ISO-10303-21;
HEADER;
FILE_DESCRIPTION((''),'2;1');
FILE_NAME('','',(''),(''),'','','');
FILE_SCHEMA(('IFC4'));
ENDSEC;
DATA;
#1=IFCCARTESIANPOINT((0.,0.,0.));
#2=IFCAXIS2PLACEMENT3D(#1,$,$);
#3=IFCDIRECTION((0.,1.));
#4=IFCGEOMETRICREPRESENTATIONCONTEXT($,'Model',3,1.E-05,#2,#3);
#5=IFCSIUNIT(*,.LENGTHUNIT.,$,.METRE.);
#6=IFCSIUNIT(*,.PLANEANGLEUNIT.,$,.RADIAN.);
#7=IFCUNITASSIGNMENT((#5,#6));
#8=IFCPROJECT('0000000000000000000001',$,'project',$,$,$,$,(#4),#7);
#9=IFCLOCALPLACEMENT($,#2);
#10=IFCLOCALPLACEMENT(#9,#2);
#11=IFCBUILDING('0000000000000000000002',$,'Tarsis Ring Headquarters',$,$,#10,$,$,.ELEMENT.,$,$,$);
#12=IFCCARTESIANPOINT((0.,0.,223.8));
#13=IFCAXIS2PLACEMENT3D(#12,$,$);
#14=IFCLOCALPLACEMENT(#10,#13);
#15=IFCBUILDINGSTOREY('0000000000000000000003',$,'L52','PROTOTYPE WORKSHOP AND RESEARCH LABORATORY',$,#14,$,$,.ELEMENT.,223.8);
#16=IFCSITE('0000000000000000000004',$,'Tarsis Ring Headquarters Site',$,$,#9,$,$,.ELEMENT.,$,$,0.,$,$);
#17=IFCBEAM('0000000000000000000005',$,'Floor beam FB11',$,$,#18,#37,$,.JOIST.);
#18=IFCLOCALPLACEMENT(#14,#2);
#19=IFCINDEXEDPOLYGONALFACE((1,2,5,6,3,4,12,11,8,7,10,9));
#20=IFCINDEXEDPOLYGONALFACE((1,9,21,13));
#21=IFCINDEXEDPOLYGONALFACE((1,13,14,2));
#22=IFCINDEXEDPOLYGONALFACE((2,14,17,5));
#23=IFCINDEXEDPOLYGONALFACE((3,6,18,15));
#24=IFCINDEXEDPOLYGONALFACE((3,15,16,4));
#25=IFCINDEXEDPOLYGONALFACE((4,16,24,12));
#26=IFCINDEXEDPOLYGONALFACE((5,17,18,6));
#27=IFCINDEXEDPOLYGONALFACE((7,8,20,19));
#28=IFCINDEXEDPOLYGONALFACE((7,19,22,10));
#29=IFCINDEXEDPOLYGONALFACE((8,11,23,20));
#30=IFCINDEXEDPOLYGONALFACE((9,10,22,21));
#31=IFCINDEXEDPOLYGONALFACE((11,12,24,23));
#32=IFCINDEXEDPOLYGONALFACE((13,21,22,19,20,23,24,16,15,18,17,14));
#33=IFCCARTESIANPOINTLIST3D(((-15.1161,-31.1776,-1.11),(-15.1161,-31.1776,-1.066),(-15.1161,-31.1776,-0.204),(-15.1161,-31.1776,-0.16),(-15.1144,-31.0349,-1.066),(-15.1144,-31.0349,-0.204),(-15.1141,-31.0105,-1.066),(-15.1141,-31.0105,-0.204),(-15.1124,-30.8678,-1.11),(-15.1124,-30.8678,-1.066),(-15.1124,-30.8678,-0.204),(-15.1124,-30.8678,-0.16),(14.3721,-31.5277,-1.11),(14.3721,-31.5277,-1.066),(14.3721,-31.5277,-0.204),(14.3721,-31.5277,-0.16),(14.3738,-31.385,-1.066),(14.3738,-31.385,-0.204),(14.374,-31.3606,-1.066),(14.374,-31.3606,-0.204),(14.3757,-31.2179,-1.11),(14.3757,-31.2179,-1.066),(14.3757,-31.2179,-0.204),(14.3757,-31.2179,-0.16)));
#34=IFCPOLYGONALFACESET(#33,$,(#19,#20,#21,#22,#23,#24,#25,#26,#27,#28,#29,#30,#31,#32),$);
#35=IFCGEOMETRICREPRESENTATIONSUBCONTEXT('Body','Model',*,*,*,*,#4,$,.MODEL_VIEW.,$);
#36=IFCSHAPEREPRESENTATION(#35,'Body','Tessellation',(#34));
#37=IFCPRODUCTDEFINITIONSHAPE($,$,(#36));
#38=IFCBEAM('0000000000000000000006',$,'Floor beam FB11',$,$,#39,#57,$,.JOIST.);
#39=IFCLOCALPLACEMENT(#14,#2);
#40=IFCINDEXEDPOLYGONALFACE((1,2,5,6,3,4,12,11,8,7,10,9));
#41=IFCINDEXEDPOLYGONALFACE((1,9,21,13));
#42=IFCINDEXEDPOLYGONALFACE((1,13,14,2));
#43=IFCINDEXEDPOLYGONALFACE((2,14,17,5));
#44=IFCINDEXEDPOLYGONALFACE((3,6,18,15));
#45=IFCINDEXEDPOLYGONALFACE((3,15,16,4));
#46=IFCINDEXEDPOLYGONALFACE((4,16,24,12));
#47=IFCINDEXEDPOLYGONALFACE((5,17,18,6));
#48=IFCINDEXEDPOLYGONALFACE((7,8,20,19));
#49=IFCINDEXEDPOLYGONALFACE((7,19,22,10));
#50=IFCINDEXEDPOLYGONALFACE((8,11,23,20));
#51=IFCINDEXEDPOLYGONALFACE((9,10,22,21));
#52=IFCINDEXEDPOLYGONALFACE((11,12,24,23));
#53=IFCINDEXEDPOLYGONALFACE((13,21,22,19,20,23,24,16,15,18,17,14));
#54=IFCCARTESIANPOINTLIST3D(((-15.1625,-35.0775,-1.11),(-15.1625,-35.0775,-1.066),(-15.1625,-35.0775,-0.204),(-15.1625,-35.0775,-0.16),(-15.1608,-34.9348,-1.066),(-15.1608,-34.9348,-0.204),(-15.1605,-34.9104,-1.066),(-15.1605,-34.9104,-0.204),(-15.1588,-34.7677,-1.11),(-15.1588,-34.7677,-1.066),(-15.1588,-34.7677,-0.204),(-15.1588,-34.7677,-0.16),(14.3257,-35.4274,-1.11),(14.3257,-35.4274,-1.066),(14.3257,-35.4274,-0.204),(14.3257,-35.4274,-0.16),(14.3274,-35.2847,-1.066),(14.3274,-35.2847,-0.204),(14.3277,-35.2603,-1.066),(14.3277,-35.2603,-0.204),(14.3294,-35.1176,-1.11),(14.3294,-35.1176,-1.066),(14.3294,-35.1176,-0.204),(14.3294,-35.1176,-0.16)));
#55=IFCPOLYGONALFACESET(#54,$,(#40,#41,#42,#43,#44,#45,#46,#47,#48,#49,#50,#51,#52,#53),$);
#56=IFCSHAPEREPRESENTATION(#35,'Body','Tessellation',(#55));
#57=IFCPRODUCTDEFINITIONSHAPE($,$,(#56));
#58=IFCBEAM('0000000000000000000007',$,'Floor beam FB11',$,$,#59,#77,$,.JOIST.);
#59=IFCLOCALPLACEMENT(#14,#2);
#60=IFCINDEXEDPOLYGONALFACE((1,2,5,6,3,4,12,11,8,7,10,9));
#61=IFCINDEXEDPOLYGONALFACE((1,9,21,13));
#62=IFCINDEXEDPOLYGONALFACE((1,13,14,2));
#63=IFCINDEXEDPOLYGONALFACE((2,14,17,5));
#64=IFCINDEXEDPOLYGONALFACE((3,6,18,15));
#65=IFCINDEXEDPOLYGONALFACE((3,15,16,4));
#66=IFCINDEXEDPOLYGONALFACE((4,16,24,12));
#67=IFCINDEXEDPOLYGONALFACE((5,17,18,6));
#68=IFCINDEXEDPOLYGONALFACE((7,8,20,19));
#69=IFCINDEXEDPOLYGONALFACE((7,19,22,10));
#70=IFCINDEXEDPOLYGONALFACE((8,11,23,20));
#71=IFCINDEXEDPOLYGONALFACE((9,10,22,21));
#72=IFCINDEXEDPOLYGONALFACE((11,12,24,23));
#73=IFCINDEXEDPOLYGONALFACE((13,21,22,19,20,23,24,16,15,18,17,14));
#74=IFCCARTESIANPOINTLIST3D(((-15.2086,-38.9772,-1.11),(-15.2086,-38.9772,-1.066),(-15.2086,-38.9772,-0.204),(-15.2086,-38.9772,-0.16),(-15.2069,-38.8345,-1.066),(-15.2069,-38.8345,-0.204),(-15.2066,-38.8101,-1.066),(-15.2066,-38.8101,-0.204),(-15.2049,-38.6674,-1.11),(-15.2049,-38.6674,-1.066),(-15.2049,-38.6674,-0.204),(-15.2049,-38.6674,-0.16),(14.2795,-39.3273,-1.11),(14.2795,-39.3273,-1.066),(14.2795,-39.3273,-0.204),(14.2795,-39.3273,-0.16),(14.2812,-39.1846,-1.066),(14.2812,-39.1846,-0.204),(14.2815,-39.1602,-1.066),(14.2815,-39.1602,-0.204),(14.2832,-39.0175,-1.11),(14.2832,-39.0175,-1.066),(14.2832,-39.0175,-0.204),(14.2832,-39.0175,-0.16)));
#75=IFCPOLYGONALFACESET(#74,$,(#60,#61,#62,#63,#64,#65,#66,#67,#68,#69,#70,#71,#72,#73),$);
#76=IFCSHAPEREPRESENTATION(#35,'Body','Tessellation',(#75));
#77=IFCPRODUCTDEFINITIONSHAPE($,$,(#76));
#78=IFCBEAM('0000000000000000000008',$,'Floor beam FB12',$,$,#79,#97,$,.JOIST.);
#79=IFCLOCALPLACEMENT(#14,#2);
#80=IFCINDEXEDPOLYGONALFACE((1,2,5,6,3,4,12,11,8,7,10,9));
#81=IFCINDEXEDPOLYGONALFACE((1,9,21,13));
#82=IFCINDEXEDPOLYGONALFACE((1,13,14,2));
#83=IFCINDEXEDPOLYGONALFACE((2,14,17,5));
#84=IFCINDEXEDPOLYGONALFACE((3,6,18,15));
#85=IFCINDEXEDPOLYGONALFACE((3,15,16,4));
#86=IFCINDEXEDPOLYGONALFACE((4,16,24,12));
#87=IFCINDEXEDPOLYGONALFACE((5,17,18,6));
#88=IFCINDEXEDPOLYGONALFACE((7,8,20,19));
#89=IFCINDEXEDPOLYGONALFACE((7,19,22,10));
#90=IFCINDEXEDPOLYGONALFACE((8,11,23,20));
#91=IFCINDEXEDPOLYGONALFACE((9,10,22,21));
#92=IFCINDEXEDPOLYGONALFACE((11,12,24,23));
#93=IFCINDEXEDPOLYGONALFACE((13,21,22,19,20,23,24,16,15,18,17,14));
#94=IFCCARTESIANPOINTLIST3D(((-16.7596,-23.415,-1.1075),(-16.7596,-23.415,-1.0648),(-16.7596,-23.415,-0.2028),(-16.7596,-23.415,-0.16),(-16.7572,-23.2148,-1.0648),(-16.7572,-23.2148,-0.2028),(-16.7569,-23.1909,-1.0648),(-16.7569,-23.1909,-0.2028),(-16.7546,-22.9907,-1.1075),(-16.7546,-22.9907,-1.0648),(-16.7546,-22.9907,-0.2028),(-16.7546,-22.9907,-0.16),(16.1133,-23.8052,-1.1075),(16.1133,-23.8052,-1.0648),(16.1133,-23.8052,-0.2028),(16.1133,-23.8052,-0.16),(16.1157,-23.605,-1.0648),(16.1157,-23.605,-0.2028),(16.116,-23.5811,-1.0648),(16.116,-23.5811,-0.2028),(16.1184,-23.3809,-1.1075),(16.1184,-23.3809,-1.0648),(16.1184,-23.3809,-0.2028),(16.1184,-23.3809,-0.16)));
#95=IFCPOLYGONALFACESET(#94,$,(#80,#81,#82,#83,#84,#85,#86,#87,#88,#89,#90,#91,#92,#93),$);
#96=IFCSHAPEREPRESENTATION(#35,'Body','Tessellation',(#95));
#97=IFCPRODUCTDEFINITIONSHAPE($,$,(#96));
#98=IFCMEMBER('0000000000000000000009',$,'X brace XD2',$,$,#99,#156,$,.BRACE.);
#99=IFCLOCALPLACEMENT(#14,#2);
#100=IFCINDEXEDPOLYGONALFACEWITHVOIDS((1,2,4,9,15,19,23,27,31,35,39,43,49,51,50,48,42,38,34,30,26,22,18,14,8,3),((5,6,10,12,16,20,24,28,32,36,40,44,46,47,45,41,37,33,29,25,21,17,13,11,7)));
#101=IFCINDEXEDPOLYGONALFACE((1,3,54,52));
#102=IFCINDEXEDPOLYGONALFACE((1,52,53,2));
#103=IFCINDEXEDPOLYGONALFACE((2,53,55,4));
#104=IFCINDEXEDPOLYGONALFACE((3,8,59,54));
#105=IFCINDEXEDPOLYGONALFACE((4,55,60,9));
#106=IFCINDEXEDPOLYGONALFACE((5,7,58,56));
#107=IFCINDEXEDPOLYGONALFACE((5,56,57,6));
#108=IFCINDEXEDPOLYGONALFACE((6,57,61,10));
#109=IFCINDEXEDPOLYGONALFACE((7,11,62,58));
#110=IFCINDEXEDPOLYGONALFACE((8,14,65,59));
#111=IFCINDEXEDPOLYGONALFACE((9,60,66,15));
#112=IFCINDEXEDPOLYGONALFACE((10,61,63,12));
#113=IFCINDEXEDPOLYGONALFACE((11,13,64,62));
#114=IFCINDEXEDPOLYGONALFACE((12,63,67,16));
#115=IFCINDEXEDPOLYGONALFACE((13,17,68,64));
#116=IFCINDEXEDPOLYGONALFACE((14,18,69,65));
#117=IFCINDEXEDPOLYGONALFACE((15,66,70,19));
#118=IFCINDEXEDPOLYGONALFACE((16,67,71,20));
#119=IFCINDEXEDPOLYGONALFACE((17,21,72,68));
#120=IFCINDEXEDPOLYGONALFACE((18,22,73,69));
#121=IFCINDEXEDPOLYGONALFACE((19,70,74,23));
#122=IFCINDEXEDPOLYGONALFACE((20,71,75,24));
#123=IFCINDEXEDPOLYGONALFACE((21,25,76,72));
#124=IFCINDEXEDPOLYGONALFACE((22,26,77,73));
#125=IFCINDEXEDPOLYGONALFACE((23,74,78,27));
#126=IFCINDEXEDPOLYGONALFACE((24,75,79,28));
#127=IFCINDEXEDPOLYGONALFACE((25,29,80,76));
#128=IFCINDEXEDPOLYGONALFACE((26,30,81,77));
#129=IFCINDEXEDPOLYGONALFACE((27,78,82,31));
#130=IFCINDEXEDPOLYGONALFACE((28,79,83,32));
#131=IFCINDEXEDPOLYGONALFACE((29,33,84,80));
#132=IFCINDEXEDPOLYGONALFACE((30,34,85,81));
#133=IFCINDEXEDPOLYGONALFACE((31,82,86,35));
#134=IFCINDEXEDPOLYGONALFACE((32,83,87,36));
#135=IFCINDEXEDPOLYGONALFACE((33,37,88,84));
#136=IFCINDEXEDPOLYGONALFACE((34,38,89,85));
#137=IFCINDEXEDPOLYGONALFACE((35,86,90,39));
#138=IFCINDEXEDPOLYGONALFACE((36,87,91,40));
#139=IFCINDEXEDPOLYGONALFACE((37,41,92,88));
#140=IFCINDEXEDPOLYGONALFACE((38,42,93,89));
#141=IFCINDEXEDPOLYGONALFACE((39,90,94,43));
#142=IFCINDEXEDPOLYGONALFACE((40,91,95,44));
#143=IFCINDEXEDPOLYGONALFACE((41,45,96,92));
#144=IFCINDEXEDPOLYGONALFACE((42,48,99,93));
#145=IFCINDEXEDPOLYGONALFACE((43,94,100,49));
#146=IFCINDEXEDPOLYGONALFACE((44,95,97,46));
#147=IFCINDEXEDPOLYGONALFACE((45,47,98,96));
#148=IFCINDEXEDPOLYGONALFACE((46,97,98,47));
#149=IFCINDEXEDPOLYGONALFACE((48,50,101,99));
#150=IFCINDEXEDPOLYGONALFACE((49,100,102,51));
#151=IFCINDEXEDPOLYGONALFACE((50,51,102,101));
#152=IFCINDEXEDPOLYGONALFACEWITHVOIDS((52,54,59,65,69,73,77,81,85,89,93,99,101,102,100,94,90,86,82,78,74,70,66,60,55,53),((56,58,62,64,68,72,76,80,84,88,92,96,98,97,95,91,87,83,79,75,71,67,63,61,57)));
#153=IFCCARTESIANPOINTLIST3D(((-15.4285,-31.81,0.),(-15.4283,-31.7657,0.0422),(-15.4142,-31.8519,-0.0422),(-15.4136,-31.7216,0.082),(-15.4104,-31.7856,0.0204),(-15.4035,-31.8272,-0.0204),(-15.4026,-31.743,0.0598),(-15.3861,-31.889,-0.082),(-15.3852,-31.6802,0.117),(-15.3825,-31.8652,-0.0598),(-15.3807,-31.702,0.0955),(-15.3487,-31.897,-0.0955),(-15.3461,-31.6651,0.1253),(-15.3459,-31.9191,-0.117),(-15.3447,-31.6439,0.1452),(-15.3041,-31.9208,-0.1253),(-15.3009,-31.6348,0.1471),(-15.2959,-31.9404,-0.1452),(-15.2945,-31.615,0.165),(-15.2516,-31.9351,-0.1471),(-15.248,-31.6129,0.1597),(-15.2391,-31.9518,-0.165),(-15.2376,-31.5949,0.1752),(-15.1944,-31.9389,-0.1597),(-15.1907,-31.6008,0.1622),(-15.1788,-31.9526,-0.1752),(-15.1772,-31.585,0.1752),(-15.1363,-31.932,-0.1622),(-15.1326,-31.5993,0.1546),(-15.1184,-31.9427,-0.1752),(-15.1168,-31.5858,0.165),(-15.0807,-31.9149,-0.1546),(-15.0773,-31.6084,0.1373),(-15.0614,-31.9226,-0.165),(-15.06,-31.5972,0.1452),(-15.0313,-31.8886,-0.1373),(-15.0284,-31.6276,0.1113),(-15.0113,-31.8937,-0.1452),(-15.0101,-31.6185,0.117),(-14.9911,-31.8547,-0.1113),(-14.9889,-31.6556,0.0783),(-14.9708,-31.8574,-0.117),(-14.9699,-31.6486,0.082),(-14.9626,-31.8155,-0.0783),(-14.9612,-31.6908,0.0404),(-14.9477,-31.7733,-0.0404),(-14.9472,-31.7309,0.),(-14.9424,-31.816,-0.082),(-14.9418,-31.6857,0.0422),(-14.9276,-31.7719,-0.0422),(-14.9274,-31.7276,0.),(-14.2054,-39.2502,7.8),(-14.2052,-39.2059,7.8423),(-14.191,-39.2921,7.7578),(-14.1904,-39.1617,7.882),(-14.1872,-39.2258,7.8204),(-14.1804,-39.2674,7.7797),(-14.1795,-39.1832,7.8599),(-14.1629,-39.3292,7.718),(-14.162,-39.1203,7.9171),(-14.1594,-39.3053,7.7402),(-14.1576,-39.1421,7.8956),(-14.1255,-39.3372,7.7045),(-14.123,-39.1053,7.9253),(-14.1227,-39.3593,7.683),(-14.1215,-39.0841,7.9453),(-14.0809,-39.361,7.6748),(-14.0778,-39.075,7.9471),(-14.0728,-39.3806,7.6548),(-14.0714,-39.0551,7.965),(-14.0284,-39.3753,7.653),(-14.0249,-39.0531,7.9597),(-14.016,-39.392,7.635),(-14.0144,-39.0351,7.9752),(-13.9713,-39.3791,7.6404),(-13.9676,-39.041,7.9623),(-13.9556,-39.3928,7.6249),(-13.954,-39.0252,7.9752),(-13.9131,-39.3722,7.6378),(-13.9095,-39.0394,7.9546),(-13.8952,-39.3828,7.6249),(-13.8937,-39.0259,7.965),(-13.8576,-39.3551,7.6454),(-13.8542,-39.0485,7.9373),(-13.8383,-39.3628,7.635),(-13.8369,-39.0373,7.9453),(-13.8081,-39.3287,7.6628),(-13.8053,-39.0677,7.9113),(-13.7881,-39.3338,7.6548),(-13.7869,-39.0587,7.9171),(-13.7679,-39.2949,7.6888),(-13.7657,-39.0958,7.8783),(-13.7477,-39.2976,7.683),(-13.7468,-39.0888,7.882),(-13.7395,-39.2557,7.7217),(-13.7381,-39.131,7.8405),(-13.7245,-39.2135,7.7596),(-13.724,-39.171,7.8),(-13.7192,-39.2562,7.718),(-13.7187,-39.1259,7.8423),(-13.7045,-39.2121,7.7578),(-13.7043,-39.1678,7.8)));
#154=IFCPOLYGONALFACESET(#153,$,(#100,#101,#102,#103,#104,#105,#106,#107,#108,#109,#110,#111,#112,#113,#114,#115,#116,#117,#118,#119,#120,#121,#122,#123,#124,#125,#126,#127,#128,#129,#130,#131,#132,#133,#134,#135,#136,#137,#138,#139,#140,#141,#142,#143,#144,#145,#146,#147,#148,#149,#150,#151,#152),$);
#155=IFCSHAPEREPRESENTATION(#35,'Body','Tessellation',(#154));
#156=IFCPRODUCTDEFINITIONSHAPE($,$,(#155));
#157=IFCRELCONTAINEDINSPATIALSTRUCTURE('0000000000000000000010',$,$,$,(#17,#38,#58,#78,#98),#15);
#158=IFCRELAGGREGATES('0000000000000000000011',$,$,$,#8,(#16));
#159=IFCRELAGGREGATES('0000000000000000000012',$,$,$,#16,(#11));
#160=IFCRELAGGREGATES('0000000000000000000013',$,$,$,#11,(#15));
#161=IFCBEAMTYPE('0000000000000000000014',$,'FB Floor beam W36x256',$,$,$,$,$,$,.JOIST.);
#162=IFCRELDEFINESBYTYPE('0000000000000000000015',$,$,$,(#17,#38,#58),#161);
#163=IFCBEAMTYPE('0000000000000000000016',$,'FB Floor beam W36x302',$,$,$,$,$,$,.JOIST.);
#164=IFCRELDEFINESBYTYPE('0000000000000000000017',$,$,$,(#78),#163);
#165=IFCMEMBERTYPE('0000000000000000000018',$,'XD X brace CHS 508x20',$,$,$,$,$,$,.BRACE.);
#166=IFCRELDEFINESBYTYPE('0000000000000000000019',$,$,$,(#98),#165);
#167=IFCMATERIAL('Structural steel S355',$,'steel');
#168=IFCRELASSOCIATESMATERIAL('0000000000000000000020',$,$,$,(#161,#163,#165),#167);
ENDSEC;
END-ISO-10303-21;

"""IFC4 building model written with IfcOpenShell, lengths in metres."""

from ifc_helpers import new_model, si_unit, direction, frame, origin, origin_2d, place, context, subcontext, project, spatial, hollow_circle, i_section, extrude, material, material_profile, profile_set, type_object, element, save


model = new_model("IFC4")

# Units and contexts
model_context = context("Model", 3, precision=1e-05, world=origin(), true_north=direction((0.0, 1.0)))
body_context = subcontext(model_context, "Body", "Model", "MODEL_VIEW")
ifc_project = project(units=[si_unit("LENGTHUNIT", "METRE"), si_unit("PLANEANGLEUNIT", "RADIAN")], contexts=[model_context])

# Site, building, storey
site_placement = place(None, origin())
site = spatial("IfcSite", under=ifc_project, at=site_placement, Name="Tarsis Ring Headquarters Site", CompositionType="ELEMENT", RefElevation=0.0)
building_placement = place(site_placement, origin())
building = spatial("IfcBuilding", under=site, at=building_placement, Name="Tarsis Ring Headquarters", CompositionType="ELEMENT")
storey_placement = place(building_placement, frame((0.0, 0.0, 223.8)))
storey = spatial("IfcBuildingStorey", under=building, at=storey_placement, Name="L52", Description="PROTOTYPE WORKSHOP AND RESEARCH LABORATORY", CompositionType="ELEMENT", Elevation=223.8)

# Shared definitions
ifc_material_1 = material(Name="Structural steel S355", Category="steel")

# Beams
ifc_material_profile_1 = material_profile(ifc_material_1, i_section(OverallWidth=0.3098, OverallDepth=0.95, WebThickness=0.0244, FlangeThickness=0.0439, at=origin_2d()), Name="W36x256")
ifc_profile_set_1 = profile_set([ifc_material_profile_1], Name="Structural steel S355")
beam_type_1 = type_object("IfcBeamType", Name="FB Floor beam W36x256", PredefinedType="JOIST", material=ifc_profile_set_1)
for number, where, z_axis, x_axis, name in (
    (1, (-15.1143, -31.0227, -0.635), (0.99993, -0.011872, 0.0), (0.011872, 0.99993, 0.0), "Floor beam FB11"),
    (2, (-15.1606, -34.9226, -0.635), (0.99993, -0.011863, 0.0), (0.011863, 0.99993, 0.0), "Floor beam FB11"),
    (3, (-15.2068, -38.8223, -0.635), (0.99993, -0.011872, 0.0), (0.011872, 0.99993, 0.0), "Floor beam FB11"),
):
    element("IfcBeam", number, at=place(storey_placement, frame(where, z_axis=z_axis, x_axis=x_axis)), inside=storey, type_object=beam_type_1, Name=name, PredefinedType="JOIST", context=body_context, shape_type="SweptSolid", body=[
        extrude(i_section(OverallWidth=0.3098, OverallDepth=0.95, WebThickness=0.0244, FlangeThickness=0.0439, at=origin_2d()), origin(), (0.0, 0.0, 1.0), 29.4902),
    ])
ifc_material_profile_2 = material_profile(ifc_material_1, i_section(OverallWidth=0.4243, OverallDepth=0.9475, WebThickness=0.0239, FlangeThickness=0.0427, at=origin_2d()), Name="W36x302")
ifc_profile_set_2 = profile_set([ifc_material_profile_2], Name="Structural steel S355")
beam_type_2 = type_object("IfcBeamType", Name="FB Floor beam W36x302", PredefinedType="JOIST", material=ifc_profile_set_2)
beam_placement = place(storey_placement, frame((-16.7571, -23.2029, -0.6338), z_axis=(0.99993, -0.011867, 0.0), x_axis=(0.011867, 0.99993, 0.0)))
element("IfcBeam", 4, at=beam_placement, inside=storey, type_object=beam_type_2, Name="Floor beam FB12", PredefinedType="JOIST", context=body_context, shape_type="SweptSolid", body=[
    extrude(i_section(OverallWidth=0.4243, OverallDepth=0.9475, WebThickness=0.0239, FlangeThickness=0.0427, at=origin_2d()), origin(), (0.0, 0.0, 1.0), 32.8752),
])

# Member
ifc_material_profile_3 = material_profile(ifc_material_1, hollow_circle(Radius=0.2539, WallThickness=0.02, at=origin_2d()), Name="CHS 508x20")
ifc_profile_set_3 = profile_set([ifc_material_profile_3], Name="Structural steel S355")
member_type = type_object("IfcMemberType", Name="XD X brace CHS 508x20", PredefinedType="BRACE", material=ifc_profile_set_3)
member_1_placement = place(storey_placement, frame((-15.178, -31.7688, 0.0), z_axis=(0.112746, -0.685817, 0.718988), x_axis=(0.986755, 0.16222, 0.0)))
element("IfcMember", 5, at=member_1_placement, inside=storey, type_object=member_type, Name="X brace XD2", PredefinedType="BRACE", context=body_context, shape_type="SweptSolid", body=[
    extrude(hollow_circle(Radius=0.2539, WallThickness=0.02, at=origin_2d()), origin(), (0.0, 0.0, 1.0), 10.8486),
])

save(model, "model.ifc")
